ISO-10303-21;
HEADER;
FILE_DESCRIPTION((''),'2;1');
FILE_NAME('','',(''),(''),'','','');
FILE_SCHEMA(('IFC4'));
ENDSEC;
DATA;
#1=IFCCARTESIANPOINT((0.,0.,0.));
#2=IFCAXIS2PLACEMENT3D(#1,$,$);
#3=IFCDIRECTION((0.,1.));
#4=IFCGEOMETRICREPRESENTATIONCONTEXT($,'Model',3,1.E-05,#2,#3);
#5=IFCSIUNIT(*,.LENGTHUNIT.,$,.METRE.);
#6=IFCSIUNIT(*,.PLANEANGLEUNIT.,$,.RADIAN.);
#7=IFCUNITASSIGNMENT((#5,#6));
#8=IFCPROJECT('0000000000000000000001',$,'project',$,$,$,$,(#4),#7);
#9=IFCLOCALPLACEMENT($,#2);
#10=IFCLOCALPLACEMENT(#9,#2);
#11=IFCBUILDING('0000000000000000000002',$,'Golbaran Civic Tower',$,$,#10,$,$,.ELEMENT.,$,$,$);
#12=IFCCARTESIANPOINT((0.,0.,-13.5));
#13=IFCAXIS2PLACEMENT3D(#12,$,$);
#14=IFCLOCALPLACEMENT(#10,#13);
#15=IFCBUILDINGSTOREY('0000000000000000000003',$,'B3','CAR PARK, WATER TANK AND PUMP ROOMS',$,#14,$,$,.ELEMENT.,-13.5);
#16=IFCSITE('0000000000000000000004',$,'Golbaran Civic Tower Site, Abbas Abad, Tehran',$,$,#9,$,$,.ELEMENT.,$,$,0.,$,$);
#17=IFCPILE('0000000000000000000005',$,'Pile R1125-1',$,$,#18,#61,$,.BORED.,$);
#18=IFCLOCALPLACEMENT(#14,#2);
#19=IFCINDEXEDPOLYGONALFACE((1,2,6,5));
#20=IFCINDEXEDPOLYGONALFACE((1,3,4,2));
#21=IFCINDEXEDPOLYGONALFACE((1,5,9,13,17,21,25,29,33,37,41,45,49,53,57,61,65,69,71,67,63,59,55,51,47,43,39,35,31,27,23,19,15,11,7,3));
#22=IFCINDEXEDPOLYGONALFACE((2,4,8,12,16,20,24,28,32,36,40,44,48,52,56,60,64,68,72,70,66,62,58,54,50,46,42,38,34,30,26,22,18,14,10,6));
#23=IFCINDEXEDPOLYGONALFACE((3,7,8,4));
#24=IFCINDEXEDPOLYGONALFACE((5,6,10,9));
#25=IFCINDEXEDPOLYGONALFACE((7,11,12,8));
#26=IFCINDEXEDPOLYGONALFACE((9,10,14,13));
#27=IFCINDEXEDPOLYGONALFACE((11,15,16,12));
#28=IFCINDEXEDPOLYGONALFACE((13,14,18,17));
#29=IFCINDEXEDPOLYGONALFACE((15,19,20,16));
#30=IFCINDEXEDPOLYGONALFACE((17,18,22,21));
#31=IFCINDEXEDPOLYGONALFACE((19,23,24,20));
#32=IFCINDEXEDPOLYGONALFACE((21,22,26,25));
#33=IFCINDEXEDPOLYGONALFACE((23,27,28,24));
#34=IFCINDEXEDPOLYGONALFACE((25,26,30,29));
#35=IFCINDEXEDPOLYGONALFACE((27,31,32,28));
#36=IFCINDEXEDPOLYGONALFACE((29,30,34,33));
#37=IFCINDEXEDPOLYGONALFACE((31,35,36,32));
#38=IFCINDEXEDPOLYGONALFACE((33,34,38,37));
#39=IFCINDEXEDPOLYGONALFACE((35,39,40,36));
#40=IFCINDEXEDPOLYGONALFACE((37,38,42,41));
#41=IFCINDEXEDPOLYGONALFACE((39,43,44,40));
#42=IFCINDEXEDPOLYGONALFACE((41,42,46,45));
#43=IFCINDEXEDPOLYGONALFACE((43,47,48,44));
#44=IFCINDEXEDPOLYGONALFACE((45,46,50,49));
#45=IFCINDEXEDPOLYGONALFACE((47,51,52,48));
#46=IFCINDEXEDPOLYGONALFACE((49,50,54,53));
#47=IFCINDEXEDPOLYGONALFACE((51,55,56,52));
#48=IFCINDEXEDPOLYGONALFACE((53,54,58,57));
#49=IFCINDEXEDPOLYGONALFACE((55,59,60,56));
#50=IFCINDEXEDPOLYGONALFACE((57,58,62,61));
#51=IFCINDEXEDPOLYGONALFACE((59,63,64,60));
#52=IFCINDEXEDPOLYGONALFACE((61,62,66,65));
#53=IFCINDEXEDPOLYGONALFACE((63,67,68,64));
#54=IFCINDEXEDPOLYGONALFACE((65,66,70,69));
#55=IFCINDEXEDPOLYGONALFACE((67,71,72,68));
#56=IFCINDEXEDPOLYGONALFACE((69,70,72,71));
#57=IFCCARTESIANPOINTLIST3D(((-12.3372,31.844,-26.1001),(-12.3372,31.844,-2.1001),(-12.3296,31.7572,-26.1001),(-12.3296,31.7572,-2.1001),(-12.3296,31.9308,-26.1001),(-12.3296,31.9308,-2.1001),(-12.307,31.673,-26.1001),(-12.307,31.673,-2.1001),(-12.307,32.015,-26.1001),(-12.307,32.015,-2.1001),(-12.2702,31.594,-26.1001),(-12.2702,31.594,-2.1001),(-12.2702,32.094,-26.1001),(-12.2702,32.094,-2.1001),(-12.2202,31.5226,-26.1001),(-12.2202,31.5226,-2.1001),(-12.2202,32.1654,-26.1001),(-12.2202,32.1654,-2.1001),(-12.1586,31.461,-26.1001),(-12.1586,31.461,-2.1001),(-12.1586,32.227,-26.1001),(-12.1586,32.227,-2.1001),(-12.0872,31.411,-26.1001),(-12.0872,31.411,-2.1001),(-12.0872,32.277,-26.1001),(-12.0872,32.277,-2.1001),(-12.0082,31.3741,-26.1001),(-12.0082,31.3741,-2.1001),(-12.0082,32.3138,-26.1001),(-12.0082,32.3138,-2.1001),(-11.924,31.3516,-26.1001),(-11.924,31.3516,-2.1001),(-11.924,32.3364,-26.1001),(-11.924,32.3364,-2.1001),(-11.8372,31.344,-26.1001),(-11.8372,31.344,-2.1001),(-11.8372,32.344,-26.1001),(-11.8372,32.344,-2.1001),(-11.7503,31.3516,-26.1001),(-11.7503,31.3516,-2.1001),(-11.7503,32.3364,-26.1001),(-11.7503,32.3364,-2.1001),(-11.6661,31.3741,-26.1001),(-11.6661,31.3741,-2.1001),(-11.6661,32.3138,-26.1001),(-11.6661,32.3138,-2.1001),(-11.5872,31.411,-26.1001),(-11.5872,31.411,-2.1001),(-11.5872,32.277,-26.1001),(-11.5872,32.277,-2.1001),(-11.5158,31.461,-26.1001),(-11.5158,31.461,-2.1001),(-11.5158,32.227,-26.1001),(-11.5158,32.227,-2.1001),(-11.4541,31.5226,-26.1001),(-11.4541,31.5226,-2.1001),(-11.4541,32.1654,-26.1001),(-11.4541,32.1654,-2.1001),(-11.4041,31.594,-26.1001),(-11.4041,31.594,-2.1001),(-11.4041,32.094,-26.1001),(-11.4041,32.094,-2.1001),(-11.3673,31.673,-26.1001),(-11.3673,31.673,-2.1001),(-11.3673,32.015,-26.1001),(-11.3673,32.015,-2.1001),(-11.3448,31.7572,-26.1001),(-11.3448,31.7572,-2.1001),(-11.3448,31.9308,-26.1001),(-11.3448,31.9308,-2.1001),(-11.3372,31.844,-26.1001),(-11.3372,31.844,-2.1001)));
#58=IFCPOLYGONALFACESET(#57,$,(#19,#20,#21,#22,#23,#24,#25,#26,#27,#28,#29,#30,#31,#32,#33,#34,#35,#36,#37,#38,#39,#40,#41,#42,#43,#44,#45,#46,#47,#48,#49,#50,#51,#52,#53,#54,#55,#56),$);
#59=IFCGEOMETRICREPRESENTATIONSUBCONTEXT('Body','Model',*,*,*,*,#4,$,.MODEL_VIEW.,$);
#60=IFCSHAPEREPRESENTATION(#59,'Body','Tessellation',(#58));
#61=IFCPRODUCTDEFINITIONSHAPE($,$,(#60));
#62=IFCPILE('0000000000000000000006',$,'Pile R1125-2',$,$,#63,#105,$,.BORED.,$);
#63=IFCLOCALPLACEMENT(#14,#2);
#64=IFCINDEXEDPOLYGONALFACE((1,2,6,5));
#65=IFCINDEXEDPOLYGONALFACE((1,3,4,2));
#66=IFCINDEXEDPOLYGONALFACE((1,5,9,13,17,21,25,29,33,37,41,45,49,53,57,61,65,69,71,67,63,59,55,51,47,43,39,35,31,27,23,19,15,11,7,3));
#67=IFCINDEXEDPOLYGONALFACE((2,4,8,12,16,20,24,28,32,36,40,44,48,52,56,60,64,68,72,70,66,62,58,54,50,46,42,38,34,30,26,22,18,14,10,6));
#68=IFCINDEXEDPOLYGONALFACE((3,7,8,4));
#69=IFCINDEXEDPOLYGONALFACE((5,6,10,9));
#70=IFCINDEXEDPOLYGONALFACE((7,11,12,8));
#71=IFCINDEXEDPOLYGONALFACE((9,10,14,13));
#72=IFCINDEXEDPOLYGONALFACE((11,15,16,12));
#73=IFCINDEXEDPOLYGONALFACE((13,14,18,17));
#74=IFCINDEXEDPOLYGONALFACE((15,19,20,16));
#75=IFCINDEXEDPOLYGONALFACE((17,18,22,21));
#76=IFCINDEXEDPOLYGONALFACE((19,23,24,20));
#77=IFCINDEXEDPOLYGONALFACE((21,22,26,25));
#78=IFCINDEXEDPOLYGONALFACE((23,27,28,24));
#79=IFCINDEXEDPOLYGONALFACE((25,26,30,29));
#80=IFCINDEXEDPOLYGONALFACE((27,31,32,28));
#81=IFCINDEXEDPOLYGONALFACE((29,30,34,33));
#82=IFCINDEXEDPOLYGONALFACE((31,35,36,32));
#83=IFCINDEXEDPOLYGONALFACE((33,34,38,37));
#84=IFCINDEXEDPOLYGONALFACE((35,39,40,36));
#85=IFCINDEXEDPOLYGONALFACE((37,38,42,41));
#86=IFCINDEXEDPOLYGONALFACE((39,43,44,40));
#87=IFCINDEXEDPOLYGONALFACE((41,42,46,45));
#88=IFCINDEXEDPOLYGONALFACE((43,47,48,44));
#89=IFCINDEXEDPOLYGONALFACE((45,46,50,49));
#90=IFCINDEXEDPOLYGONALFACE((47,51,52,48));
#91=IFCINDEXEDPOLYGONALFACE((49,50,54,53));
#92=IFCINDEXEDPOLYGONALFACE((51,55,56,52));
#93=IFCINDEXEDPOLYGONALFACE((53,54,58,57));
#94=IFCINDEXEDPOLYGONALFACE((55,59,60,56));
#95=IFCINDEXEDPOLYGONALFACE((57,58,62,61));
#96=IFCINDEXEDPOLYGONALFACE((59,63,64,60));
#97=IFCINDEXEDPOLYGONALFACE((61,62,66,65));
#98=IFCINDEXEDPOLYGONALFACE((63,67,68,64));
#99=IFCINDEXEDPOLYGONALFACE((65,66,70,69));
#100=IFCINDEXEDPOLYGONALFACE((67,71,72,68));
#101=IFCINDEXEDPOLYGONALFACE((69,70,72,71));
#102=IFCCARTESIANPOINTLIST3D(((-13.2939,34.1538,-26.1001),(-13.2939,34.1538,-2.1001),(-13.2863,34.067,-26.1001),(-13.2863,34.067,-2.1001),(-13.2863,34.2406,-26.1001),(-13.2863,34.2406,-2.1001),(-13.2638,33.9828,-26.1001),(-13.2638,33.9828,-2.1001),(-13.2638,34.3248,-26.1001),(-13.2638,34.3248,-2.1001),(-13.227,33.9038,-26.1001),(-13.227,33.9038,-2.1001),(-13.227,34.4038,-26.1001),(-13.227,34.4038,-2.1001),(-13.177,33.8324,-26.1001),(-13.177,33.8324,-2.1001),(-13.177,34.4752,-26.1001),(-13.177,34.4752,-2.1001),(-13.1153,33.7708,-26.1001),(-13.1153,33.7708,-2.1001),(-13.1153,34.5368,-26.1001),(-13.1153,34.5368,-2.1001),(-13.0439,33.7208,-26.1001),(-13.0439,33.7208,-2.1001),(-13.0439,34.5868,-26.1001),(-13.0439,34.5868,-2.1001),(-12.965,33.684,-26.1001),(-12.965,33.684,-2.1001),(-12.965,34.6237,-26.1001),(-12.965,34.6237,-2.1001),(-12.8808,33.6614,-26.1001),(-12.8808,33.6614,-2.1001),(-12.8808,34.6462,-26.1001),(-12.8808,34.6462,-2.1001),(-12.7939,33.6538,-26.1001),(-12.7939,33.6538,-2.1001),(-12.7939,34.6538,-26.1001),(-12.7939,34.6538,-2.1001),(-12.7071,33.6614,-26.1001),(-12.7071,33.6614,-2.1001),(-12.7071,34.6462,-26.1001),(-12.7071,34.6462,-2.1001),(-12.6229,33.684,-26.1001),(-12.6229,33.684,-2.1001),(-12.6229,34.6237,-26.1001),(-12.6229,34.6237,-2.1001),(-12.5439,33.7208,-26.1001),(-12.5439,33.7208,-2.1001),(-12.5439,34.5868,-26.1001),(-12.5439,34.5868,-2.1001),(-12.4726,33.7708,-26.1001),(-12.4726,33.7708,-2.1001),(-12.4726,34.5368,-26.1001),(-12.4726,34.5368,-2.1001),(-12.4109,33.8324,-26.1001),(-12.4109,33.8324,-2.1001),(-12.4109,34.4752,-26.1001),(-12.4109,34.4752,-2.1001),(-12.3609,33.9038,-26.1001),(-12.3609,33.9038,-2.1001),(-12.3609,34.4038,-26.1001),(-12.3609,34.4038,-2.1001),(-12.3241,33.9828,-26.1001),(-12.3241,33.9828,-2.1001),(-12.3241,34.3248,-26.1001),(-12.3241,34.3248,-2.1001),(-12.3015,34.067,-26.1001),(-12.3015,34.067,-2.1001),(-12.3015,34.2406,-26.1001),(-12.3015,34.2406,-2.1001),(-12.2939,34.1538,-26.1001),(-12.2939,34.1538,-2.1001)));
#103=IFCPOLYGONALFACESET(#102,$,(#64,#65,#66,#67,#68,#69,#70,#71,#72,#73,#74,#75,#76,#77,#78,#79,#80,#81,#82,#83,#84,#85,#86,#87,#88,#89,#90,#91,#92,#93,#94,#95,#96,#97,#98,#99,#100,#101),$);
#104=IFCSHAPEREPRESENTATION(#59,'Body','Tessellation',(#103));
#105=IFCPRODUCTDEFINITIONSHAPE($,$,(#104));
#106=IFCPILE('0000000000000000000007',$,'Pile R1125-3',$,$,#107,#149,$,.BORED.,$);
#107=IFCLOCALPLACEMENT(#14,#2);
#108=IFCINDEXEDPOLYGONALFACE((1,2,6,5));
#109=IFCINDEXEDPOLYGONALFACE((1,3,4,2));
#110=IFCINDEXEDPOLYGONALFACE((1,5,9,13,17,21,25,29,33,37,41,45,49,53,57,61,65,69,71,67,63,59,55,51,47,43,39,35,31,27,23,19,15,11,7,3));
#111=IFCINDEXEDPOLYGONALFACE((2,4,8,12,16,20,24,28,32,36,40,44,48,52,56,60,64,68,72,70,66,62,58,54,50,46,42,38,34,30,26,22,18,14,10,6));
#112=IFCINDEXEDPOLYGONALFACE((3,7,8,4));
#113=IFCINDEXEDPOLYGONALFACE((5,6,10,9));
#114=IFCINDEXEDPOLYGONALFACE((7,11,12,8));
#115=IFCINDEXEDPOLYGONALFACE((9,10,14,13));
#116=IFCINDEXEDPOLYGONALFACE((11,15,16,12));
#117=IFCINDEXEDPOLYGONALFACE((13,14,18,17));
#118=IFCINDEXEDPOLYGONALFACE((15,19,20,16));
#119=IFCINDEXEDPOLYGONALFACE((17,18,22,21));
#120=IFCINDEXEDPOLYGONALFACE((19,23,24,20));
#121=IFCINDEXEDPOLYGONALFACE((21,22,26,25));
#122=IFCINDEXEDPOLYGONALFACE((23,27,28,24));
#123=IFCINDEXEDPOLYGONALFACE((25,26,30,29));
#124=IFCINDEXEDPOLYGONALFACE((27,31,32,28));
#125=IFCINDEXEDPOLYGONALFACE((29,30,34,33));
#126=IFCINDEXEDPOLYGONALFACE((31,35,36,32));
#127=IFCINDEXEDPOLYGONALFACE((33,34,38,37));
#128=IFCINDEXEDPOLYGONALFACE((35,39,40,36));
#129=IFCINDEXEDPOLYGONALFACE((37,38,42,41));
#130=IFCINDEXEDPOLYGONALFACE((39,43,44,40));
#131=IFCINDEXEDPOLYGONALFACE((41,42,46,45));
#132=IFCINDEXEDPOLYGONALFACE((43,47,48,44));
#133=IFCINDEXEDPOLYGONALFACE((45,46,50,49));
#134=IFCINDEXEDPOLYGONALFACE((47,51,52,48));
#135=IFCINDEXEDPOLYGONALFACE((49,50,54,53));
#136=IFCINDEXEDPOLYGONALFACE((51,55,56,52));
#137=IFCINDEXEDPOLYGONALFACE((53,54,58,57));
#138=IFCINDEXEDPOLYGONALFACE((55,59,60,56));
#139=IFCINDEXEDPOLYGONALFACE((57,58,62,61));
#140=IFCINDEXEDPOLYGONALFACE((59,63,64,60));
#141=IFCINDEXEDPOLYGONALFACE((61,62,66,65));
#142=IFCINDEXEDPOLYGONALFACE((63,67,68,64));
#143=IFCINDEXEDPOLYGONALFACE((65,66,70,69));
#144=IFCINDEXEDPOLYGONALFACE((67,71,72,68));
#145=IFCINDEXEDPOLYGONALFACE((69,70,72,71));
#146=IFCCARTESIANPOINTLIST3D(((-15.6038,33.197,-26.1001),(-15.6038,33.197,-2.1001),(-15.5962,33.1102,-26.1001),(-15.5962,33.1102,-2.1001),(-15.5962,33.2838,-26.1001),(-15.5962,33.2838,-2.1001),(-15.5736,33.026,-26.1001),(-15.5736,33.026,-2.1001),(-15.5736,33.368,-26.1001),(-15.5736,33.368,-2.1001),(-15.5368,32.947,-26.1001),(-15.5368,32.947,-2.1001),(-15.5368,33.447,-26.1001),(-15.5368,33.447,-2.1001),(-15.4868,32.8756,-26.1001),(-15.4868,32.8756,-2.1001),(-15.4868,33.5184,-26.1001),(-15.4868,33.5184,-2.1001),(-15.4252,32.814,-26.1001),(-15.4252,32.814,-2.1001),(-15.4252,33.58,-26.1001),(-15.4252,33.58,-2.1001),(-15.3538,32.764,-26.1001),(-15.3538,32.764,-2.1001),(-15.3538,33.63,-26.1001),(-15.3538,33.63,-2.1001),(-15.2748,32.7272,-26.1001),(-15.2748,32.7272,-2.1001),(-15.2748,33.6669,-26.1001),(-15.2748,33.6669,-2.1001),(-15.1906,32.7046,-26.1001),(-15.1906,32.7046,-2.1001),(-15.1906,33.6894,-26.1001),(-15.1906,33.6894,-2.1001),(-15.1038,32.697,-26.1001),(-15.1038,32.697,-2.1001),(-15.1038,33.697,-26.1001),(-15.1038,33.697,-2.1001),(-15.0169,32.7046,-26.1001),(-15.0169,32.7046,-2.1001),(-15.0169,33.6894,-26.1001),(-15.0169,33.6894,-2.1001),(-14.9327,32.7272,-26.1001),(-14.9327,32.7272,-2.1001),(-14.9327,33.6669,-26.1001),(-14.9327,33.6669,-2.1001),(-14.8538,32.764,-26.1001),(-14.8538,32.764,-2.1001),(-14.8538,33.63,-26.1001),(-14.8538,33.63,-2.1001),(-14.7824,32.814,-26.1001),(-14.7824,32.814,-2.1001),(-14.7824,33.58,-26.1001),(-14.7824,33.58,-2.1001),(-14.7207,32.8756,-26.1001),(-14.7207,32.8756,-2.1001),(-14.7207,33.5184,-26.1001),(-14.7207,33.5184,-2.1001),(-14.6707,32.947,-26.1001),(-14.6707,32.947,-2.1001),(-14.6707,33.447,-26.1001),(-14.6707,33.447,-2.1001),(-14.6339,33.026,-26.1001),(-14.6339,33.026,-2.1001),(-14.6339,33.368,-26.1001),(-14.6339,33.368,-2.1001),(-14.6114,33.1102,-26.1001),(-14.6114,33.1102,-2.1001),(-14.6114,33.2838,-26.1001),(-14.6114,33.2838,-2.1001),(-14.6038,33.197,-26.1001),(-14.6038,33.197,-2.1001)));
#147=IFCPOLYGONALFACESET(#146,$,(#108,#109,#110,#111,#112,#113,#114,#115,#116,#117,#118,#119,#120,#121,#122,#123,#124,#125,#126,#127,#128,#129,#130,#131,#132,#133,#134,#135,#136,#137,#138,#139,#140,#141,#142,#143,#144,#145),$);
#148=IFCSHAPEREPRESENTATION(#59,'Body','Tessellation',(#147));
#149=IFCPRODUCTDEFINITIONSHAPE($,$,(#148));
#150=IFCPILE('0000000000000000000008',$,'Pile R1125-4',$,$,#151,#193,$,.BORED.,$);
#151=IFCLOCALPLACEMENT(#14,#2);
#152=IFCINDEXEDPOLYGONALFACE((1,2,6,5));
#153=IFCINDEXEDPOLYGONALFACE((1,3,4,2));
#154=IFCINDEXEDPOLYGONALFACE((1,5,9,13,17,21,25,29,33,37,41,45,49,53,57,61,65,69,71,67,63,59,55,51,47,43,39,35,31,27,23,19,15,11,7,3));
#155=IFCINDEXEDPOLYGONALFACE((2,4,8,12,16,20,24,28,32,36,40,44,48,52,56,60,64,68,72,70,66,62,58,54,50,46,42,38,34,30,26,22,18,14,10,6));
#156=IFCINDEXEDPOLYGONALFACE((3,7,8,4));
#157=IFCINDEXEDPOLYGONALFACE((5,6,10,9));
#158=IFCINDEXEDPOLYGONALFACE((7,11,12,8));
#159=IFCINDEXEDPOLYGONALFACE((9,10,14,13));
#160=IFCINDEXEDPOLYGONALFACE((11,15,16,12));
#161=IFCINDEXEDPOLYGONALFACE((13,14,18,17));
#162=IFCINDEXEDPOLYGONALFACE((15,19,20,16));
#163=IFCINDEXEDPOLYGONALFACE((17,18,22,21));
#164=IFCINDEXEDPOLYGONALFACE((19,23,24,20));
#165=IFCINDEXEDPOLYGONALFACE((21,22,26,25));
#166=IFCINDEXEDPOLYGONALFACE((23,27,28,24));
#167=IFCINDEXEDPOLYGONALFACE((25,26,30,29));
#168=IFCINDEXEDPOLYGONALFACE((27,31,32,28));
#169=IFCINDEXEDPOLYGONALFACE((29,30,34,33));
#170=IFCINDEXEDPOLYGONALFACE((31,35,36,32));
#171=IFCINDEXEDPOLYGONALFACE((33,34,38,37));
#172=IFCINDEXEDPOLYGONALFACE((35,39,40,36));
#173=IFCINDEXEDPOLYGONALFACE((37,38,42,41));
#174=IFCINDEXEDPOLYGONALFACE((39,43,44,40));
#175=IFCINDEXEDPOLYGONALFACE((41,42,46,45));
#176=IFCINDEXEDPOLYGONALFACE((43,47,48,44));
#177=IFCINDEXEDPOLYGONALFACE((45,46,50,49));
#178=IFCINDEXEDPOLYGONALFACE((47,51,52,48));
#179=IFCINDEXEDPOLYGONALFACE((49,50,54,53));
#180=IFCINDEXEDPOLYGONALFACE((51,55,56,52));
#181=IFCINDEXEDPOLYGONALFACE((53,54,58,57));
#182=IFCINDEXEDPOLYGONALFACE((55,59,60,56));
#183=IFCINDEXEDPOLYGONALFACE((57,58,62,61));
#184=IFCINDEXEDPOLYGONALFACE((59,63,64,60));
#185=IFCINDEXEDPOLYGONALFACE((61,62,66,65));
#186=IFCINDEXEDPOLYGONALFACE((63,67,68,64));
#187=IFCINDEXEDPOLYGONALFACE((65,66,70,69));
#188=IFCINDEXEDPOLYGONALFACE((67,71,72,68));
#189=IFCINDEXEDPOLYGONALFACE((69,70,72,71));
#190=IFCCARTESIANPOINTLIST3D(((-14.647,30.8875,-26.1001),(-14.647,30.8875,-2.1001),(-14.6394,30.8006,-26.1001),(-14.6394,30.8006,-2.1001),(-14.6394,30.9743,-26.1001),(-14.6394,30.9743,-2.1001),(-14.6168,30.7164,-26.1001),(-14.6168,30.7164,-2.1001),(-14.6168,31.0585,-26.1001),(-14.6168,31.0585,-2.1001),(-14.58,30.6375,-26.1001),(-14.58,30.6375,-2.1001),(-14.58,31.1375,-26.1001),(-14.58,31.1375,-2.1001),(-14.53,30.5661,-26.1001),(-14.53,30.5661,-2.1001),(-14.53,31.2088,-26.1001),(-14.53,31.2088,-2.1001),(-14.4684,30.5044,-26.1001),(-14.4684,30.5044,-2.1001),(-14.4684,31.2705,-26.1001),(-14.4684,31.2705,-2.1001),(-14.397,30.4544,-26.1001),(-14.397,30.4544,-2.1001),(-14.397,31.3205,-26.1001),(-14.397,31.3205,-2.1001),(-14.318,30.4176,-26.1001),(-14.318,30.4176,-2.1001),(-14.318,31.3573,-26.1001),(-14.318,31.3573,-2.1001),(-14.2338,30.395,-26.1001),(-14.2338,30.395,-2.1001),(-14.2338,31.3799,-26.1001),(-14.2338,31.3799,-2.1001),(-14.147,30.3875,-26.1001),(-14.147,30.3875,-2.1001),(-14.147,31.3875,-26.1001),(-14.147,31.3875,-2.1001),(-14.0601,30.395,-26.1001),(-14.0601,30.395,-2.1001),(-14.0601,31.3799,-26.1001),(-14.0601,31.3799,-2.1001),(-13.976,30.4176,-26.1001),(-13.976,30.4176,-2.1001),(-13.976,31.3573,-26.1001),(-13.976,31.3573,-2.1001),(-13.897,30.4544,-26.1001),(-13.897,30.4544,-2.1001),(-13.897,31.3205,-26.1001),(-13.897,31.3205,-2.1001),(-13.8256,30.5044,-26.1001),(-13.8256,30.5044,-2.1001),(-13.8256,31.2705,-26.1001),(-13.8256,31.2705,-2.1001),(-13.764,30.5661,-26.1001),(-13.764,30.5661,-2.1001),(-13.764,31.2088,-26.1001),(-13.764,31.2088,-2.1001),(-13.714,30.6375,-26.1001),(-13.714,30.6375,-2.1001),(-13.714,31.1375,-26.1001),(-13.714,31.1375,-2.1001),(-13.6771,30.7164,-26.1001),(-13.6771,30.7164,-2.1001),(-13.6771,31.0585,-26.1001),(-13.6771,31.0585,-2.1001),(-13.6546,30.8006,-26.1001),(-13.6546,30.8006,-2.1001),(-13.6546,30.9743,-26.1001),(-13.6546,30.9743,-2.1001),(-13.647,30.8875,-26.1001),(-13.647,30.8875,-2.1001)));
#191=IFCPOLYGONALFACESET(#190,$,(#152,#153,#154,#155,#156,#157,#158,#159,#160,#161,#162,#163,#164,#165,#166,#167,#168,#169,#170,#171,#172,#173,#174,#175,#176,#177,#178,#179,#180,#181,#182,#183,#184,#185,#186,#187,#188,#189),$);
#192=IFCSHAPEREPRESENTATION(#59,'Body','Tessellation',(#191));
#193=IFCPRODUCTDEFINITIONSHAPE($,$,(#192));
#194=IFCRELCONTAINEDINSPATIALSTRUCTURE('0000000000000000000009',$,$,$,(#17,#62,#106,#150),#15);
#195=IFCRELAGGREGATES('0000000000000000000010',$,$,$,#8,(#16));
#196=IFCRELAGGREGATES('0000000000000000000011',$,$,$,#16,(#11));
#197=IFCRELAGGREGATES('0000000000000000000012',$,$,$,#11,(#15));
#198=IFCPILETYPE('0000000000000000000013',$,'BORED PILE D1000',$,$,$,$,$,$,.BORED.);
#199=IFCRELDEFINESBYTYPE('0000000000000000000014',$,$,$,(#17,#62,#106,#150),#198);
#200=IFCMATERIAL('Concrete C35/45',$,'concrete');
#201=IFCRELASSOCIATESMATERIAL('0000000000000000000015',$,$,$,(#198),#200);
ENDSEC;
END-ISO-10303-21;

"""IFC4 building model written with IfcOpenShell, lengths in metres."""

from ifc_helpers import new_model, si_unit, direction, frame, origin, origin_2d, place, context, subcontext, project, spatial, circle, extrude, material, material_profile, profile_set, type_object, element, save


model = new_model("IFC4")

# Units and contexts
model_context = context("Model", 3, precision=1e-05, world=origin(), true_north=direction((0.0, 1.0)))
body_context = subcontext(model_context, "Body", "Model", "MODEL_VIEW")
ifc_project = project(units=[si_unit("LENGTHUNIT", "METRE"), si_unit("PLANEANGLEUNIT", "RADIAN")], contexts=[model_context])

# Site, building, storey
site_placement = place(None, origin())
site = spatial("IfcSite", under=ifc_project, at=site_placement, Name="Golbaran Civic Tower Site, Abbas Abad, Tehran", CompositionType="ELEMENT", RefElevation=0.0)
building_placement = place(site_placement, origin())
building = spatial("IfcBuilding", under=site, at=building_placement, Name="Golbaran Civic Tower", CompositionType="ELEMENT")
storey_placement = place(building_placement, frame((0.0, 0.0, -13.5)))
storey = spatial("IfcBuildingStorey", under=building, at=storey_placement, Name="B3", Description="CAR PARK, WATER TANK AND PUMP ROOMS", CompositionType="ELEMENT", Elevation=-13.5)

# Piles
ifc_material_1 = material(Name="Concrete C35/45", Category="concrete")
ifc_material_profile_1 = material_profile(ifc_material_1, circle(Radius=0.5, at=origin_2d()), Name="BORED PILE D1000")
ifc_profile_set_1 = profile_set([ifc_material_profile_1], Name="Concrete C35/45")
pile_type_1 = type_object("IfcPileType", Name="BORED PILE D1000", PredefinedType="BORED", material=ifc_profile_set_1)
for number, where, z_axis, x_axis, name in (
    (1, (-11.8372, 31.844, -2.1001), (0.0, 0.0, -1.0), (1.0, 0.0, 0.0), "Pile R1125-1"),
    (2, (-12.7939, 34.1538, -2.1001), (0.0, 0.0, -1.0), (1.0, 0.0, 0.0), "Pile R1125-2"),
    (3, (-15.1038, 33.197, -2.1001), (0.0, 0.0, -1.0), (1.0, 0.0, 0.0), "Pile R1125-3"),
    (4, (-14.147, 30.8875, -2.1001), (0.0, 0.0, -1.0), (1.0, 0.0, 0.0), "Pile R1125-4"),
):
    element("IfcPile", number, at=place(storey_placement, frame(where, z_axis=z_axis, x_axis=x_axis)), inside=storey, type_object=pile_type_1, Name=name, PredefinedType="BORED", context=body_context, shape_type="SweptSolid", body=[
        extrude(circle(Radius=0.5, at=origin_2d()), origin(), (0.0, 0.0, 1.0), 24.0),
    ])

save(model, "model.ifc")
